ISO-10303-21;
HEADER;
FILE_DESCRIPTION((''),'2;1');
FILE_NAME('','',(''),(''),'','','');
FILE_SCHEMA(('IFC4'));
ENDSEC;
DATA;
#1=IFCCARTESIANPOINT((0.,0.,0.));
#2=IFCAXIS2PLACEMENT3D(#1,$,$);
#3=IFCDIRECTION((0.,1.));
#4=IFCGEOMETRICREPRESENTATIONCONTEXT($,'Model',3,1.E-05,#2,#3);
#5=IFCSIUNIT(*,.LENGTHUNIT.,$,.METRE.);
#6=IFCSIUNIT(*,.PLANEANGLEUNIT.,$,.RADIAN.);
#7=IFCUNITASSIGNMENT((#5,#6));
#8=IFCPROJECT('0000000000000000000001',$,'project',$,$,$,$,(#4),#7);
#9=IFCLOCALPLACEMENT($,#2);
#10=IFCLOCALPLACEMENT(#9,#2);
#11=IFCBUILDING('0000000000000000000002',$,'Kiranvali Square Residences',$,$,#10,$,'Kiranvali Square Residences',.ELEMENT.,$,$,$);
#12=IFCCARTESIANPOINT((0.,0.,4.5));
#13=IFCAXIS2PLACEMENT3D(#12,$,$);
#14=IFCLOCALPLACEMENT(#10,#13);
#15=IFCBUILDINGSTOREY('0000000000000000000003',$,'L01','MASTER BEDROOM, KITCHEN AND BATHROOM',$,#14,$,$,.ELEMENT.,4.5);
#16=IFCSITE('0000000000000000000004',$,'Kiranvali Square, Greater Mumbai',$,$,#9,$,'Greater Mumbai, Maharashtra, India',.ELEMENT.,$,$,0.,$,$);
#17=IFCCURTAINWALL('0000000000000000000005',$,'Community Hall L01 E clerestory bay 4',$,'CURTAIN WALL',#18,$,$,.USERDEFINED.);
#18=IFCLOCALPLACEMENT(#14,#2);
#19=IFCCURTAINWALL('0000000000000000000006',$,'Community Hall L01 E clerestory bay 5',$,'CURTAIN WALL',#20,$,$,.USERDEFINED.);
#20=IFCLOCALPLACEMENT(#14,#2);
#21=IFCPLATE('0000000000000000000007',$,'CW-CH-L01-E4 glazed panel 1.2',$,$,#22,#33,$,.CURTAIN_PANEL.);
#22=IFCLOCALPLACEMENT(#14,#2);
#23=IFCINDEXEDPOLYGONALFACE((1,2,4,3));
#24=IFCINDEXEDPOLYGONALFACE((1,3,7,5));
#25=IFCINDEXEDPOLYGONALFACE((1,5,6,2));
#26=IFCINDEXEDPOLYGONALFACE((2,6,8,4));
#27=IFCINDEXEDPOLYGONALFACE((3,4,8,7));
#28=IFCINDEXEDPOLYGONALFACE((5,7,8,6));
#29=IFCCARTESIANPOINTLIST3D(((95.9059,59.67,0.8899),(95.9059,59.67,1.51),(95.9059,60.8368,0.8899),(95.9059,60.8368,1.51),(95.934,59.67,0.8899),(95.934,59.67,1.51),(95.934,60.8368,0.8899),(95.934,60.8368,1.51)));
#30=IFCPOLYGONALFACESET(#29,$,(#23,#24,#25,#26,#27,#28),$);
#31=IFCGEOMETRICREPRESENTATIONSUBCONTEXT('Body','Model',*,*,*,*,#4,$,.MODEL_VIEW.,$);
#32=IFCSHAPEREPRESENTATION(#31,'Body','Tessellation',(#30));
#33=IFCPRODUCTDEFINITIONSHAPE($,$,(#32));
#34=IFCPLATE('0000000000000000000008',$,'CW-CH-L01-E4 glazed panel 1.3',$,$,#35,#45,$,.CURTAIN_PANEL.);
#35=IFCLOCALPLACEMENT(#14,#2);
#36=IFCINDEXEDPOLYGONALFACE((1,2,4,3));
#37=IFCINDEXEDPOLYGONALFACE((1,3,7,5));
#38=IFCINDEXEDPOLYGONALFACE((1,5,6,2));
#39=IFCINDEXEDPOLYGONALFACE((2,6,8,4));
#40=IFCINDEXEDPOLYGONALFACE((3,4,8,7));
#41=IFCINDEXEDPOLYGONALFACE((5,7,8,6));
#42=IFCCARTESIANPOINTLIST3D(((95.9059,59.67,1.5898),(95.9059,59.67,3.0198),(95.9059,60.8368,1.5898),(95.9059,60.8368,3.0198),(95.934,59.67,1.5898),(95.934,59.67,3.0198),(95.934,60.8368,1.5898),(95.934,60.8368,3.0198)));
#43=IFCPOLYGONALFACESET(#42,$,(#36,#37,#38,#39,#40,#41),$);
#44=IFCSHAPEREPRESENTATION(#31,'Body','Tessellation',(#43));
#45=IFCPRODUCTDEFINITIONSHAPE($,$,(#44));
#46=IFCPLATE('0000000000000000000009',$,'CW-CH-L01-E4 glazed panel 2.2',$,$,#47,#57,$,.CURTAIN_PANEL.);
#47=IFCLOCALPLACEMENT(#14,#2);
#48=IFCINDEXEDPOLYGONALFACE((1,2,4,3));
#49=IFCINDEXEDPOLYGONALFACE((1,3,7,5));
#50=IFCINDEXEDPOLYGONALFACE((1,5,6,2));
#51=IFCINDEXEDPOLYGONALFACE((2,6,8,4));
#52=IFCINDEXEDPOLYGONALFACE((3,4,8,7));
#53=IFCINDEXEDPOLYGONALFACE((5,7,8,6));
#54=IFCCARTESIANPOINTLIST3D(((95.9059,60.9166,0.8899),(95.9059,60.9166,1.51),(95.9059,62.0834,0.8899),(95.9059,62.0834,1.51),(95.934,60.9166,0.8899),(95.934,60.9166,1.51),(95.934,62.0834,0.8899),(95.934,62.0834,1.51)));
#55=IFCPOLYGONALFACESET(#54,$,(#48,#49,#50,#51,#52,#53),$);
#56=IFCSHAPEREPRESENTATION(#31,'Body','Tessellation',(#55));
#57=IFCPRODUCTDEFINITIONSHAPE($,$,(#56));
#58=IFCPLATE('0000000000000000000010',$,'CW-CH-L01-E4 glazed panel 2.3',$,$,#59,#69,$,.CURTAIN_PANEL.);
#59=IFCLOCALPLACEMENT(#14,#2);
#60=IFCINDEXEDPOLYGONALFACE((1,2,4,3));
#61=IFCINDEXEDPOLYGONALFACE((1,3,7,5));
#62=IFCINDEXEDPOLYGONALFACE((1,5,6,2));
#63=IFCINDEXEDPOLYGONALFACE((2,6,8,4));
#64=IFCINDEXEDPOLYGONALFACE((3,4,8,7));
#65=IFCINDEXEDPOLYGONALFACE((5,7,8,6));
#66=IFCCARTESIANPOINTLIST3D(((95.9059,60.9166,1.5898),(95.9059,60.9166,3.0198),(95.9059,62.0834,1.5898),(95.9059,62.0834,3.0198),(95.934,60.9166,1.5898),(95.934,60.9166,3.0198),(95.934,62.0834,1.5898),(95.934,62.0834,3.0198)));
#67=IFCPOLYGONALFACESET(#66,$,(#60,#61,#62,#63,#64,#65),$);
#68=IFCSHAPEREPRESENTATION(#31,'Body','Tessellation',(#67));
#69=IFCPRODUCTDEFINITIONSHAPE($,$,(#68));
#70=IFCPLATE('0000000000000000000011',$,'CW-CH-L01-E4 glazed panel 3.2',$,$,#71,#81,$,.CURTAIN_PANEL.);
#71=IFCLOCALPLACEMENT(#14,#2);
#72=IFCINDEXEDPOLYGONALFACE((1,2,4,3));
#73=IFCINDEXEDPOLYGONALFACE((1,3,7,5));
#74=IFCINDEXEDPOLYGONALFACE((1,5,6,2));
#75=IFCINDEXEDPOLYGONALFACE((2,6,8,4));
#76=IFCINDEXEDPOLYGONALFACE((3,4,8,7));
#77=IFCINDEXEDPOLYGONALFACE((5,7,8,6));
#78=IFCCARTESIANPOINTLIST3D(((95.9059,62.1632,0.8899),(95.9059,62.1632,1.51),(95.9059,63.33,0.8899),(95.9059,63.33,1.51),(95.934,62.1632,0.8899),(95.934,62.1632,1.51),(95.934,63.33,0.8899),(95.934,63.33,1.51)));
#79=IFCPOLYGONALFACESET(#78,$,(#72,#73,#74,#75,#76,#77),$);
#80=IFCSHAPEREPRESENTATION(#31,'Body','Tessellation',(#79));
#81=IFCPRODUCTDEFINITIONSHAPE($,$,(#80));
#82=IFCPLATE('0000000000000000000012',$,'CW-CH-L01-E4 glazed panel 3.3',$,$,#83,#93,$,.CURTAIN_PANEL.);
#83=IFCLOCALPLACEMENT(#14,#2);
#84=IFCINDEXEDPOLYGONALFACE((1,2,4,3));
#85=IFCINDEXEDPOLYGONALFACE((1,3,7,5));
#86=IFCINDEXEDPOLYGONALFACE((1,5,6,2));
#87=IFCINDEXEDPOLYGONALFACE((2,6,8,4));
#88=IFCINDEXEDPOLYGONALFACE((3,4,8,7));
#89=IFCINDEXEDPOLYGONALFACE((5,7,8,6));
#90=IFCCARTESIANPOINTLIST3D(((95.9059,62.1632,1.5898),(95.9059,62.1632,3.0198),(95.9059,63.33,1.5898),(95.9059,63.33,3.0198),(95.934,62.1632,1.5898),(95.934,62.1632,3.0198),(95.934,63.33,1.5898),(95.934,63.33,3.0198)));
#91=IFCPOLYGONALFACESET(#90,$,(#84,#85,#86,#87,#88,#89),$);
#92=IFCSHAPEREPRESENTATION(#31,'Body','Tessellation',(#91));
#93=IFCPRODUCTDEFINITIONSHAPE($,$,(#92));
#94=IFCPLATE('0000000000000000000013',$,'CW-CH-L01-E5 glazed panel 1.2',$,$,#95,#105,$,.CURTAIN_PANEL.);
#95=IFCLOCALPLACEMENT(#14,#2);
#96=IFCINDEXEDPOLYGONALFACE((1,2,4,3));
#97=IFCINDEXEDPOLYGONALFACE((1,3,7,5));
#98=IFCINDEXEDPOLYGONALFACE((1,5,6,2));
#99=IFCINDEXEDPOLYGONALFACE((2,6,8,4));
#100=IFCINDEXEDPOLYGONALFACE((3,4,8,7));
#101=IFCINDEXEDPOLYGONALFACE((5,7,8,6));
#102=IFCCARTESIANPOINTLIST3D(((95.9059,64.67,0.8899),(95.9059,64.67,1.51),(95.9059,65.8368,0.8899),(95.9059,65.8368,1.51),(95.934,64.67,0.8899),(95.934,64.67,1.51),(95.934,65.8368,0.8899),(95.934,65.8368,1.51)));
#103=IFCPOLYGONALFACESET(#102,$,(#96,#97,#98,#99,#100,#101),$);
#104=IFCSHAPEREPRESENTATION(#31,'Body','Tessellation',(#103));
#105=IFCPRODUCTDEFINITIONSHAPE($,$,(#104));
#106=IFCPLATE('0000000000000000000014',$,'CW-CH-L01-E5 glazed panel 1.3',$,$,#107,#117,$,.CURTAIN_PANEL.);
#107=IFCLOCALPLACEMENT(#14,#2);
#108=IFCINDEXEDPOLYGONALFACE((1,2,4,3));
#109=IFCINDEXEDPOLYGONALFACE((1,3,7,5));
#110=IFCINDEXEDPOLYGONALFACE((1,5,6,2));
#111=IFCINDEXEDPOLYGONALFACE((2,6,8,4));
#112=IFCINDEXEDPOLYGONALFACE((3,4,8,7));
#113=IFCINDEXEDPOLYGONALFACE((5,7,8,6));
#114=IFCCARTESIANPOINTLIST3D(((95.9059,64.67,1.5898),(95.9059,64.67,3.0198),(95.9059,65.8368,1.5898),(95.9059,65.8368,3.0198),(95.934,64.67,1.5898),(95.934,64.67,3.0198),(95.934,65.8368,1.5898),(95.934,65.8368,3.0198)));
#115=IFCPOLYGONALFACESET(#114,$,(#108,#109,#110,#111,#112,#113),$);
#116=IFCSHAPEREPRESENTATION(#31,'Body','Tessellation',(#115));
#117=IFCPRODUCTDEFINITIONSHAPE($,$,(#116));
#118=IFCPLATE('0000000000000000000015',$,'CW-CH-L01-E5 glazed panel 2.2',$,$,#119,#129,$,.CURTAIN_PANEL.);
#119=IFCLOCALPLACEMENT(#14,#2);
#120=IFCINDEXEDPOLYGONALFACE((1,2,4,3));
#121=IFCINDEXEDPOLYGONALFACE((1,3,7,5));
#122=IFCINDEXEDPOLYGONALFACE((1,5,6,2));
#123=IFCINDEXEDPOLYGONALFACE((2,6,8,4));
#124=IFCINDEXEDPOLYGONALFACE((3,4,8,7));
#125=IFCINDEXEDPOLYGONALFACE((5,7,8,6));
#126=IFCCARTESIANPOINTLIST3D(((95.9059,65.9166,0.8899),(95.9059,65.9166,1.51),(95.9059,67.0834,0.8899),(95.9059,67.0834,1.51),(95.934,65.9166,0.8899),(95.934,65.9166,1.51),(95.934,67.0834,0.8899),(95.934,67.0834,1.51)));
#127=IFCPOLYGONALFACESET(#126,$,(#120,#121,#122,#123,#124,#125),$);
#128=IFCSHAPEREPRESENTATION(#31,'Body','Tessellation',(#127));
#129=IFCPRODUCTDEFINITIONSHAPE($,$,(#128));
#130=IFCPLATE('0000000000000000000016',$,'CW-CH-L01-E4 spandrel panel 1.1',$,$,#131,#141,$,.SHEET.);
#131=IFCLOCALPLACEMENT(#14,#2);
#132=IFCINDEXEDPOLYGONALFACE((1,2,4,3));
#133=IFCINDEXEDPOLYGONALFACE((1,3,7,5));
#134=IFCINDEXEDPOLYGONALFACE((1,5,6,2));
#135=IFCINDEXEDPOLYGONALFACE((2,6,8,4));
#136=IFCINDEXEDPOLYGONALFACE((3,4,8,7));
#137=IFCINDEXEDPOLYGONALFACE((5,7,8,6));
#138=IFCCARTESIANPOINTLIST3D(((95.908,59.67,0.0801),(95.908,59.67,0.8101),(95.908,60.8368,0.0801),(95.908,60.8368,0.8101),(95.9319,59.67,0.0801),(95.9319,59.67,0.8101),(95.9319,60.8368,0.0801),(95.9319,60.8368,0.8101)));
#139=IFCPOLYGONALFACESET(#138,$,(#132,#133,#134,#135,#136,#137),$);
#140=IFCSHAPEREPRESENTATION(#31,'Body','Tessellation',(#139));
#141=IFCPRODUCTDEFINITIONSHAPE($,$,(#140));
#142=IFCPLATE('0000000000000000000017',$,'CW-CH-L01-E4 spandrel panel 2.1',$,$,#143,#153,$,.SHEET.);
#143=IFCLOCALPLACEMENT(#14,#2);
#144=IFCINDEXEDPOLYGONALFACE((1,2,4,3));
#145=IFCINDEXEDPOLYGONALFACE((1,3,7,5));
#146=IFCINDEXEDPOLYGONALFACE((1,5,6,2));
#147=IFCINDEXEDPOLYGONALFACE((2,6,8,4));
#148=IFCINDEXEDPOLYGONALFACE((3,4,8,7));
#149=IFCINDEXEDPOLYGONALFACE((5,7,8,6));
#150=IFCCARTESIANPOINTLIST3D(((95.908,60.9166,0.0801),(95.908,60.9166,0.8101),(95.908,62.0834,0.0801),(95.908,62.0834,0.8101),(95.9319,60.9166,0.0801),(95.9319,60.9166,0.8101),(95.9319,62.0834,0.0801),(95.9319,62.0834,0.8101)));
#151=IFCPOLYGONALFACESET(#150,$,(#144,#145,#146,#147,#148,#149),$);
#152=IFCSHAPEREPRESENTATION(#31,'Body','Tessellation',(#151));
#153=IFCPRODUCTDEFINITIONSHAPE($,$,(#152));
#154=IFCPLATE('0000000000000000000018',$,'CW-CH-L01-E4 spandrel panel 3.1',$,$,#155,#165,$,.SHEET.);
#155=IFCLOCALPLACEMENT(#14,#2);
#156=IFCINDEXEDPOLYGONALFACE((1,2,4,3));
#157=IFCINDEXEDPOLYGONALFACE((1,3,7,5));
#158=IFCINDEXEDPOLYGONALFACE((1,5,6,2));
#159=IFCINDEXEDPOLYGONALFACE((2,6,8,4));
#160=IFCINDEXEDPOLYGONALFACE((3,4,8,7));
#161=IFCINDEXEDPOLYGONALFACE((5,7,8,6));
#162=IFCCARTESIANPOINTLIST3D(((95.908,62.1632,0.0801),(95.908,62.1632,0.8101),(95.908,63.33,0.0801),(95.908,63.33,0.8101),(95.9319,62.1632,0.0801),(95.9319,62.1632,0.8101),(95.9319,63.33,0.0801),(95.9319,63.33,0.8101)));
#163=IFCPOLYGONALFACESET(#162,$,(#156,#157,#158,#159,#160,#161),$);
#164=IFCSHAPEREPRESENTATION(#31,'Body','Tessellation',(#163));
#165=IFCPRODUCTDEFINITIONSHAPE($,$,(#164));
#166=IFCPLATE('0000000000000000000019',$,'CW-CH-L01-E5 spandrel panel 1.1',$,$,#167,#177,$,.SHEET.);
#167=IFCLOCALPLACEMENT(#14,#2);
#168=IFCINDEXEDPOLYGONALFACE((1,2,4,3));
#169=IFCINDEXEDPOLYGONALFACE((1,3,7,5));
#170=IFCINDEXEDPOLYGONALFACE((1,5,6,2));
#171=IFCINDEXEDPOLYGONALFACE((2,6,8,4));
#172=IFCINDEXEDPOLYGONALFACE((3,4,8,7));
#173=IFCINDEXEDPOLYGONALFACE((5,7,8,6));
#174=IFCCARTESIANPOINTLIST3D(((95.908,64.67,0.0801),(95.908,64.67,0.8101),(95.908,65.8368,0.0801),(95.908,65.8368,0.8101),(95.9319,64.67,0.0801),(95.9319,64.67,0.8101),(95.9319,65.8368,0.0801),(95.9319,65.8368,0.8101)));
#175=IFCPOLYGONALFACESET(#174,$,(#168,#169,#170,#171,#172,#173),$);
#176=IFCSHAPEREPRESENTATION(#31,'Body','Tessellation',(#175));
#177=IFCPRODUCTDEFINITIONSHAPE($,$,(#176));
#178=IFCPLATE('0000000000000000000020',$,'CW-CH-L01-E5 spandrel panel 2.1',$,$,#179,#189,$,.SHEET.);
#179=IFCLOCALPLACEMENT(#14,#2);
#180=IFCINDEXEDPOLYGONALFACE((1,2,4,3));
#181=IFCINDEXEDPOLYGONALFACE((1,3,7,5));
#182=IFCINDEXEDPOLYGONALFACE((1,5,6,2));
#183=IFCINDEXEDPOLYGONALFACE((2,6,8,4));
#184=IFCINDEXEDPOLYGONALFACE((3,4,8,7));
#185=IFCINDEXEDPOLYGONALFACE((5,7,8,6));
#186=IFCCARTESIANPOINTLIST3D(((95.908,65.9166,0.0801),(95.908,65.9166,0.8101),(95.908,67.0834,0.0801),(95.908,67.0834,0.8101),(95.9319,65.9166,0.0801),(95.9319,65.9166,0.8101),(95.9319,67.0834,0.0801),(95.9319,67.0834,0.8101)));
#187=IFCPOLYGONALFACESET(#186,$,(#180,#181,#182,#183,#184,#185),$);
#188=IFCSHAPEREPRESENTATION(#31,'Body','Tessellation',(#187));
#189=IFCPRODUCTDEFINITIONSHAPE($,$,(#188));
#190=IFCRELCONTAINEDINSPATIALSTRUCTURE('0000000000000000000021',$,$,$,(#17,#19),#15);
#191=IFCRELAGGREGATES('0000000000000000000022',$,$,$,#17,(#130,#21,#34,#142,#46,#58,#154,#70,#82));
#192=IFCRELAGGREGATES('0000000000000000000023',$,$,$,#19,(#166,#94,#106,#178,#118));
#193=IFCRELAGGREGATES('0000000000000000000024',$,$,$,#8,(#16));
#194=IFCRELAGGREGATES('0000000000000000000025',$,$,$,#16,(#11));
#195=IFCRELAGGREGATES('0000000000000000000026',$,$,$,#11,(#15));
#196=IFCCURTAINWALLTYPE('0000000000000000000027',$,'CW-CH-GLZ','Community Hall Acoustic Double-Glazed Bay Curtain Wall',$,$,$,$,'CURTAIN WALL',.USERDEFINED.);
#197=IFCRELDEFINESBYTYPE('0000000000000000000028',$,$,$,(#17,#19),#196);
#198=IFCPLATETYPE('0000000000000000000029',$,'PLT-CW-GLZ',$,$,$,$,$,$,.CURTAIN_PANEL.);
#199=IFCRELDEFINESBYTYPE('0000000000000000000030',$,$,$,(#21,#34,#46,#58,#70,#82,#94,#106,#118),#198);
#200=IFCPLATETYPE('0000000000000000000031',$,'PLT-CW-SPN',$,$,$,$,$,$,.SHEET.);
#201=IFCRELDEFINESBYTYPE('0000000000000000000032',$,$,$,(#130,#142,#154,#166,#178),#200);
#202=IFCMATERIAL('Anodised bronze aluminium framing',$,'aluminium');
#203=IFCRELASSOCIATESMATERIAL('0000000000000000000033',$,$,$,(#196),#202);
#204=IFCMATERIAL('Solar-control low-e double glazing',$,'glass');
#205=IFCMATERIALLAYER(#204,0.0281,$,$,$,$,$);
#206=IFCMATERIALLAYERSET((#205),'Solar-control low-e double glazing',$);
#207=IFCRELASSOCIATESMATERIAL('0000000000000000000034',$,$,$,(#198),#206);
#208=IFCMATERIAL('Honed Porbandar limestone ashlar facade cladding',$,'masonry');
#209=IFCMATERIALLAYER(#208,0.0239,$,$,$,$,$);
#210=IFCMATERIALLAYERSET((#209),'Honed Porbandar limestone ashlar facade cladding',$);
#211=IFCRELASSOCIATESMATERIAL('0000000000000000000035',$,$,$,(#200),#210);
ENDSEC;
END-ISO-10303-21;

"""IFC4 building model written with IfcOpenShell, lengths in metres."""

from ifc_helpers import new_model, si_unit, direction, frame, origin, origin_2d, place, context, subcontext, project, spatial, rectangle, extrude, material, layer, layer_set, type_object, element, aggregate, save


model = new_model("IFC4")

# Units and contexts
model_context = context("Model", 3, precision=1e-05, world=origin(), true_north=direction((0.0, 1.0)))
body_context = subcontext(model_context, "Body", "Model", "MODEL_VIEW")
ifc_project = project(units=[si_unit("LENGTHUNIT", "METRE"), si_unit("PLANEANGLEUNIT", "RADIAN")], contexts=[model_context])

# Site, building, storey
site_placement = place(None, origin())
site = spatial("IfcSite", under=ifc_project, at=site_placement, Name="Kiranvali Square, Greater Mumbai", LongName="Greater Mumbai, Maharashtra, India", CompositionType="ELEMENT", RefElevation=0.0)
building_placement = place(site_placement, origin())
building = spatial("IfcBuilding", under=site, at=building_placement, Name="Kiranvali Square Residences", LongName="Kiranvali Square Residences", CompositionType="ELEMENT")
storey_placement = place(building_placement, frame((0.0, 0.0, 4.5)))
storey = spatial("IfcBuildingStorey", under=building, at=storey_placement, Name="L01", Description="MASTER BEDROOM, KITCHEN AND BATHROOM", CompositionType="ELEMENT", Elevation=4.5)

# Curtain walls
ifc_material_1 = material(Name="Anodised bronze aluminium framing", Category="aluminium")
curtain_wall_type = type_object("IfcCurtainWallType", Name="CW-CH-GLZ", Description="Community Hall Acoustic Double-Glazed Bay Curtain Wall", ElementType="CURTAIN WALL", PredefinedType="USERDEFINED", material=ifc_material_1)
curtain_wall_1_placement = place(storey_placement, origin())
curtain_wall_1 = element("IfcCurtainWall", 1, at=curtain_wall_1_placement, inside=storey, type_object=curtain_wall_type, Name="Community Hall L01 E clerestory bay 4", ObjectType="CURTAIN WALL", PredefinedType="USERDEFINED")
curtain_wall_2_placement = place(storey_placement, origin())
curtain_wall_2 = element("IfcCurtainWall", 2, at=curtain_wall_2_placement, inside=storey, type_object=curtain_wall_type, Name="Community Hall L01 E clerestory bay 5", ObjectType="CURTAIN WALL", PredefinedType="USERDEFINED")

# Plates
ifc_material_2 = material(Name="Solar-control low-e double glazing", Category="glass")
ifc_layer_1 = layer(ifc_material_2, 0.0281)
ifc_layer_set_1 = layer_set([ifc_layer_1], Name="Solar-control low-e double glazing")
plate_type_1 = type_object("IfcPlateType", Name="PLT-CW-GLZ", PredefinedType="CURTAIN_PANEL", material=ifc_layer_set_1)
plate_1_placement = place(storey_placement, frame((95.9199, 60.2534, 0.8899), z_axis=(0.0, 0.0, 1.0), x_axis=(0.0, 1.0, 0.0)))
plate_1 = element("IfcPlate", 3, at=plate_1_placement, type_object=plate_type_1, Name="CW-CH-L01-E4 glazed panel 1.2", PredefinedType="CURTAIN_PANEL", context=body_context, shape_type="SweptSolid", body=[
    extrude(rectangle(XDim=1.1667, YDim=0.0281, at=origin_2d()), origin(), (0.0, 0.0, 1.0), 0.6201),
])
plate_2_placement = place(storey_placement, frame((95.9199, 60.2534, 1.5898), z_axis=(0.0, 0.0, 1.0), x_axis=(0.0, 1.0, 0.0)))
plate_2 = element("IfcPlate", 4, at=plate_2_placement, type_object=plate_type_1, Name="CW-CH-L01-E4 glazed panel 1.3", PredefinedType="CURTAIN_PANEL", context=body_context, shape_type="SweptSolid", body=[
    extrude(rectangle(XDim=1.1667, YDim=0.0281, at=origin_2d()), origin(), (0.0, 0.0, 1.0), 1.4299),
])
plate_3_placement = place(storey_placement, frame((95.9199, 61.5, 0.8899), z_axis=(0.0, 0.0, 1.0), x_axis=(0.0, 1.0, 0.0)))
plate_3 = element("IfcPlate", 5, at=plate_3_placement, type_object=plate_type_1, Name="CW-CH-L01-E4 glazed panel 2.2", PredefinedType="CURTAIN_PANEL", context=body_context, shape_type="SweptSolid", body=[
    extrude(rectangle(XDim=1.1667, YDim=0.0281, at=origin_2d()), origin(), (0.0, 0.0, 1.0), 0.6201),
])
plate_4_placement = place(storey_placement, frame((95.9199, 61.5, 1.5898), z_axis=(0.0, 0.0, 1.0), x_axis=(0.0, 1.0, 0.0)))
plate_4 = element("IfcPlate", 6, at=plate_4_placement, type_object=plate_type_1, Name="CW-CH-L01-E4 glazed panel 2.3", PredefinedType="CURTAIN_PANEL", context=body_context, shape_type="SweptSolid", body=[
    extrude(rectangle(XDim=1.1667, YDim=0.0281, at=origin_2d()), origin(), (0.0, 0.0, 1.0), 1.4299),
])
plate_5_placement = place(storey_placement, frame((95.9199, 62.7466, 0.8899), z_axis=(0.0, 0.0, 1.0), x_axis=(0.0, 1.0, 0.0)))
plate_5 = element("IfcPlate", 7, at=plate_5_placement, type_object=plate_type_1, Name="CW-CH-L01-E4 glazed panel 3.2", PredefinedType="CURTAIN_PANEL", context=body_context, shape_type="SweptSolid", body=[
    extrude(rectangle(XDim=1.1667, YDim=0.0281, at=origin_2d()), origin(), (0.0, 0.0, 1.0), 0.6201),
])
plate_6_placement = place(storey_placement, frame((95.9199, 62.7466, 1.5898), z_axis=(0.0, 0.0, 1.0), x_axis=(0.0, 1.0, 0.0)))
plate_6 = element("IfcPlate", 8, at=plate_6_placement, type_object=plate_type_1, Name="CW-CH-L01-E4 glazed panel 3.3", PredefinedType="CURTAIN_PANEL", context=body_context, shape_type="SweptSolid", body=[
    extrude(rectangle(XDim=1.1667, YDim=0.0281, at=origin_2d()), origin(), (0.0, 0.0, 1.0), 1.4299),
])
plate_7_placement = place(storey_placement, frame((95.9199, 65.2534, 0.8899), z_axis=(0.0, 0.0, 1.0), x_axis=(0.0, 1.0, 0.0)))
plate_7 = element("IfcPlate", 9, at=plate_7_placement, type_object=plate_type_1, Name="CW-CH-L01-E5 glazed panel 1.2", PredefinedType="CURTAIN_PANEL", context=body_context, shape_type="SweptSolid", body=[
    extrude(rectangle(XDim=1.1667, YDim=0.0281, at=origin_2d()), origin(), (0.0, 0.0, 1.0), 0.6201),
])
plate_8_placement = place(storey_placement, frame((95.9199, 65.2534, 1.5898), z_axis=(0.0, 0.0, 1.0), x_axis=(0.0, 1.0, 0.0)))
plate_8 = element("IfcPlate", 10, at=plate_8_placement, type_object=plate_type_1, Name="CW-CH-L01-E5 glazed panel 1.3", PredefinedType="CURTAIN_PANEL", context=body_context, shape_type="SweptSolid", body=[
    extrude(rectangle(XDim=1.1667, YDim=0.0281, at=origin_2d()), origin(), (0.0, 0.0, 1.0), 1.4299),
])
plate_9_placement = place(storey_placement, frame((95.9199, 66.5, 0.8899), z_axis=(0.0, 0.0, 1.0), x_axis=(0.0, 1.0, 0.0)))
plate_9 = element("IfcPlate", 11, at=plate_9_placement, type_object=plate_type_1, Name="CW-CH-L01-E5 glazed panel 2.2", PredefinedType="CURTAIN_PANEL", context=body_context, shape_type="SweptSolid", body=[
    extrude(rectangle(XDim=1.1667, YDim=0.0281, at=origin_2d()), origin(), (0.0, 0.0, 1.0), 0.6201),
])
ifc_material_3 = material(Name="Honed Porbandar limestone ashlar facade cladding", Category="masonry")
ifc_layer_2 = layer(ifc_material_3, 0.0239)
ifc_layer_set_2 = layer_set([ifc_layer_2], Name="Honed Porbandar limestone ashlar facade cladding")
plate_type_2 = type_object("IfcPlateType", Name="PLT-CW-SPN", PredefinedType="SHEET", material=ifc_layer_set_2)
plate_10_placement = place(storey_placement, frame((95.9199, 60.2534, 0.0801), z_axis=(0.0, 0.0, 1.0), x_axis=(0.0, 1.0, 0.0)))
plate_10 = element("IfcPlate", 12, at=plate_10_placement, type_object=plate_type_2, Name="CW-CH-L01-E4 spandrel panel 1.1", PredefinedType="SHEET", context=body_context, shape_type="SweptSolid", body=[
    extrude(rectangle(XDim=1.1667, YDim=0.0239, at=origin_2d()), origin(), (0.0, 0.0, 1.0), 0.73),
])
plate_11_placement = place(storey_placement, frame((95.9199, 61.5, 0.0801), z_axis=(0.0, 0.0, 1.0), x_axis=(0.0, 1.0, 0.0)))
plate_11 = element("IfcPlate", 13, at=plate_11_placement, type_object=plate_type_2, Name="CW-CH-L01-E4 spandrel panel 2.1", PredefinedType="SHEET", context=body_context, shape_type="SweptSolid", body=[
    extrude(rectangle(XDim=1.1667, YDim=0.0239, at=origin_2d()), origin(), (0.0, 0.0, 1.0), 0.73),
])
plate_12_placement = place(storey_placement, frame((95.9199, 62.7466, 0.0801), z_axis=(0.0, 0.0, 1.0), x_axis=(0.0, 1.0, 0.0)))
plate_12 = element("IfcPlate", 14, at=plate_12_placement, type_object=plate_type_2, Name="CW-CH-L01-E4 spandrel panel 3.1", PredefinedType="SHEET", context=body_context, shape_type="SweptSolid", body=[
    extrude(rectangle(XDim=1.1667, YDim=0.0239, at=origin_2d()), origin(), (0.0, 0.0, 1.0), 0.73),
])
aggregate(curtain_wall_1, [plate_10, plate_1, plate_2, plate_11, plate_3, plate_4, plate_12, plate_5, plate_6])
plate_13_placement = place(storey_placement, frame((95.9199, 65.2534, 0.0801), z_axis=(0.0, 0.0, 1.0), x_axis=(0.0, 1.0, 0.0)))
plate_13 = element("IfcPlate", 15, at=plate_13_placement, type_object=plate_type_2, Name="CW-CH-L01-E5 spandrel panel 1.1", PredefinedType="SHEET", context=body_context, shape_type="SweptSolid", body=[
    extrude(rectangle(XDim=1.1667, YDim=0.0239, at=origin_2d()), origin(), (0.0, 0.0, 1.0), 0.73),
])
plate_14_placement = place(storey_placement, frame((95.9199, 66.5, 0.0801), z_axis=(0.0, 0.0, 1.0), x_axis=(0.0, 1.0, 0.0)))
plate_14 = element("IfcPlate", 16, at=plate_14_placement, type_object=plate_type_2, Name="CW-CH-L01-E5 spandrel panel 2.1", PredefinedType="SHEET", context=body_context, shape_type="SweptSolid", body=[
    extrude(rectangle(XDim=1.1667, YDim=0.0239, at=origin_2d()), origin(), (0.0, 0.0, 1.0), 0.73),
])
aggregate(curtain_wall_2, [plate_13, plate_7, plate_8, plate_14, plate_9])

save(model, "model.ifc")
